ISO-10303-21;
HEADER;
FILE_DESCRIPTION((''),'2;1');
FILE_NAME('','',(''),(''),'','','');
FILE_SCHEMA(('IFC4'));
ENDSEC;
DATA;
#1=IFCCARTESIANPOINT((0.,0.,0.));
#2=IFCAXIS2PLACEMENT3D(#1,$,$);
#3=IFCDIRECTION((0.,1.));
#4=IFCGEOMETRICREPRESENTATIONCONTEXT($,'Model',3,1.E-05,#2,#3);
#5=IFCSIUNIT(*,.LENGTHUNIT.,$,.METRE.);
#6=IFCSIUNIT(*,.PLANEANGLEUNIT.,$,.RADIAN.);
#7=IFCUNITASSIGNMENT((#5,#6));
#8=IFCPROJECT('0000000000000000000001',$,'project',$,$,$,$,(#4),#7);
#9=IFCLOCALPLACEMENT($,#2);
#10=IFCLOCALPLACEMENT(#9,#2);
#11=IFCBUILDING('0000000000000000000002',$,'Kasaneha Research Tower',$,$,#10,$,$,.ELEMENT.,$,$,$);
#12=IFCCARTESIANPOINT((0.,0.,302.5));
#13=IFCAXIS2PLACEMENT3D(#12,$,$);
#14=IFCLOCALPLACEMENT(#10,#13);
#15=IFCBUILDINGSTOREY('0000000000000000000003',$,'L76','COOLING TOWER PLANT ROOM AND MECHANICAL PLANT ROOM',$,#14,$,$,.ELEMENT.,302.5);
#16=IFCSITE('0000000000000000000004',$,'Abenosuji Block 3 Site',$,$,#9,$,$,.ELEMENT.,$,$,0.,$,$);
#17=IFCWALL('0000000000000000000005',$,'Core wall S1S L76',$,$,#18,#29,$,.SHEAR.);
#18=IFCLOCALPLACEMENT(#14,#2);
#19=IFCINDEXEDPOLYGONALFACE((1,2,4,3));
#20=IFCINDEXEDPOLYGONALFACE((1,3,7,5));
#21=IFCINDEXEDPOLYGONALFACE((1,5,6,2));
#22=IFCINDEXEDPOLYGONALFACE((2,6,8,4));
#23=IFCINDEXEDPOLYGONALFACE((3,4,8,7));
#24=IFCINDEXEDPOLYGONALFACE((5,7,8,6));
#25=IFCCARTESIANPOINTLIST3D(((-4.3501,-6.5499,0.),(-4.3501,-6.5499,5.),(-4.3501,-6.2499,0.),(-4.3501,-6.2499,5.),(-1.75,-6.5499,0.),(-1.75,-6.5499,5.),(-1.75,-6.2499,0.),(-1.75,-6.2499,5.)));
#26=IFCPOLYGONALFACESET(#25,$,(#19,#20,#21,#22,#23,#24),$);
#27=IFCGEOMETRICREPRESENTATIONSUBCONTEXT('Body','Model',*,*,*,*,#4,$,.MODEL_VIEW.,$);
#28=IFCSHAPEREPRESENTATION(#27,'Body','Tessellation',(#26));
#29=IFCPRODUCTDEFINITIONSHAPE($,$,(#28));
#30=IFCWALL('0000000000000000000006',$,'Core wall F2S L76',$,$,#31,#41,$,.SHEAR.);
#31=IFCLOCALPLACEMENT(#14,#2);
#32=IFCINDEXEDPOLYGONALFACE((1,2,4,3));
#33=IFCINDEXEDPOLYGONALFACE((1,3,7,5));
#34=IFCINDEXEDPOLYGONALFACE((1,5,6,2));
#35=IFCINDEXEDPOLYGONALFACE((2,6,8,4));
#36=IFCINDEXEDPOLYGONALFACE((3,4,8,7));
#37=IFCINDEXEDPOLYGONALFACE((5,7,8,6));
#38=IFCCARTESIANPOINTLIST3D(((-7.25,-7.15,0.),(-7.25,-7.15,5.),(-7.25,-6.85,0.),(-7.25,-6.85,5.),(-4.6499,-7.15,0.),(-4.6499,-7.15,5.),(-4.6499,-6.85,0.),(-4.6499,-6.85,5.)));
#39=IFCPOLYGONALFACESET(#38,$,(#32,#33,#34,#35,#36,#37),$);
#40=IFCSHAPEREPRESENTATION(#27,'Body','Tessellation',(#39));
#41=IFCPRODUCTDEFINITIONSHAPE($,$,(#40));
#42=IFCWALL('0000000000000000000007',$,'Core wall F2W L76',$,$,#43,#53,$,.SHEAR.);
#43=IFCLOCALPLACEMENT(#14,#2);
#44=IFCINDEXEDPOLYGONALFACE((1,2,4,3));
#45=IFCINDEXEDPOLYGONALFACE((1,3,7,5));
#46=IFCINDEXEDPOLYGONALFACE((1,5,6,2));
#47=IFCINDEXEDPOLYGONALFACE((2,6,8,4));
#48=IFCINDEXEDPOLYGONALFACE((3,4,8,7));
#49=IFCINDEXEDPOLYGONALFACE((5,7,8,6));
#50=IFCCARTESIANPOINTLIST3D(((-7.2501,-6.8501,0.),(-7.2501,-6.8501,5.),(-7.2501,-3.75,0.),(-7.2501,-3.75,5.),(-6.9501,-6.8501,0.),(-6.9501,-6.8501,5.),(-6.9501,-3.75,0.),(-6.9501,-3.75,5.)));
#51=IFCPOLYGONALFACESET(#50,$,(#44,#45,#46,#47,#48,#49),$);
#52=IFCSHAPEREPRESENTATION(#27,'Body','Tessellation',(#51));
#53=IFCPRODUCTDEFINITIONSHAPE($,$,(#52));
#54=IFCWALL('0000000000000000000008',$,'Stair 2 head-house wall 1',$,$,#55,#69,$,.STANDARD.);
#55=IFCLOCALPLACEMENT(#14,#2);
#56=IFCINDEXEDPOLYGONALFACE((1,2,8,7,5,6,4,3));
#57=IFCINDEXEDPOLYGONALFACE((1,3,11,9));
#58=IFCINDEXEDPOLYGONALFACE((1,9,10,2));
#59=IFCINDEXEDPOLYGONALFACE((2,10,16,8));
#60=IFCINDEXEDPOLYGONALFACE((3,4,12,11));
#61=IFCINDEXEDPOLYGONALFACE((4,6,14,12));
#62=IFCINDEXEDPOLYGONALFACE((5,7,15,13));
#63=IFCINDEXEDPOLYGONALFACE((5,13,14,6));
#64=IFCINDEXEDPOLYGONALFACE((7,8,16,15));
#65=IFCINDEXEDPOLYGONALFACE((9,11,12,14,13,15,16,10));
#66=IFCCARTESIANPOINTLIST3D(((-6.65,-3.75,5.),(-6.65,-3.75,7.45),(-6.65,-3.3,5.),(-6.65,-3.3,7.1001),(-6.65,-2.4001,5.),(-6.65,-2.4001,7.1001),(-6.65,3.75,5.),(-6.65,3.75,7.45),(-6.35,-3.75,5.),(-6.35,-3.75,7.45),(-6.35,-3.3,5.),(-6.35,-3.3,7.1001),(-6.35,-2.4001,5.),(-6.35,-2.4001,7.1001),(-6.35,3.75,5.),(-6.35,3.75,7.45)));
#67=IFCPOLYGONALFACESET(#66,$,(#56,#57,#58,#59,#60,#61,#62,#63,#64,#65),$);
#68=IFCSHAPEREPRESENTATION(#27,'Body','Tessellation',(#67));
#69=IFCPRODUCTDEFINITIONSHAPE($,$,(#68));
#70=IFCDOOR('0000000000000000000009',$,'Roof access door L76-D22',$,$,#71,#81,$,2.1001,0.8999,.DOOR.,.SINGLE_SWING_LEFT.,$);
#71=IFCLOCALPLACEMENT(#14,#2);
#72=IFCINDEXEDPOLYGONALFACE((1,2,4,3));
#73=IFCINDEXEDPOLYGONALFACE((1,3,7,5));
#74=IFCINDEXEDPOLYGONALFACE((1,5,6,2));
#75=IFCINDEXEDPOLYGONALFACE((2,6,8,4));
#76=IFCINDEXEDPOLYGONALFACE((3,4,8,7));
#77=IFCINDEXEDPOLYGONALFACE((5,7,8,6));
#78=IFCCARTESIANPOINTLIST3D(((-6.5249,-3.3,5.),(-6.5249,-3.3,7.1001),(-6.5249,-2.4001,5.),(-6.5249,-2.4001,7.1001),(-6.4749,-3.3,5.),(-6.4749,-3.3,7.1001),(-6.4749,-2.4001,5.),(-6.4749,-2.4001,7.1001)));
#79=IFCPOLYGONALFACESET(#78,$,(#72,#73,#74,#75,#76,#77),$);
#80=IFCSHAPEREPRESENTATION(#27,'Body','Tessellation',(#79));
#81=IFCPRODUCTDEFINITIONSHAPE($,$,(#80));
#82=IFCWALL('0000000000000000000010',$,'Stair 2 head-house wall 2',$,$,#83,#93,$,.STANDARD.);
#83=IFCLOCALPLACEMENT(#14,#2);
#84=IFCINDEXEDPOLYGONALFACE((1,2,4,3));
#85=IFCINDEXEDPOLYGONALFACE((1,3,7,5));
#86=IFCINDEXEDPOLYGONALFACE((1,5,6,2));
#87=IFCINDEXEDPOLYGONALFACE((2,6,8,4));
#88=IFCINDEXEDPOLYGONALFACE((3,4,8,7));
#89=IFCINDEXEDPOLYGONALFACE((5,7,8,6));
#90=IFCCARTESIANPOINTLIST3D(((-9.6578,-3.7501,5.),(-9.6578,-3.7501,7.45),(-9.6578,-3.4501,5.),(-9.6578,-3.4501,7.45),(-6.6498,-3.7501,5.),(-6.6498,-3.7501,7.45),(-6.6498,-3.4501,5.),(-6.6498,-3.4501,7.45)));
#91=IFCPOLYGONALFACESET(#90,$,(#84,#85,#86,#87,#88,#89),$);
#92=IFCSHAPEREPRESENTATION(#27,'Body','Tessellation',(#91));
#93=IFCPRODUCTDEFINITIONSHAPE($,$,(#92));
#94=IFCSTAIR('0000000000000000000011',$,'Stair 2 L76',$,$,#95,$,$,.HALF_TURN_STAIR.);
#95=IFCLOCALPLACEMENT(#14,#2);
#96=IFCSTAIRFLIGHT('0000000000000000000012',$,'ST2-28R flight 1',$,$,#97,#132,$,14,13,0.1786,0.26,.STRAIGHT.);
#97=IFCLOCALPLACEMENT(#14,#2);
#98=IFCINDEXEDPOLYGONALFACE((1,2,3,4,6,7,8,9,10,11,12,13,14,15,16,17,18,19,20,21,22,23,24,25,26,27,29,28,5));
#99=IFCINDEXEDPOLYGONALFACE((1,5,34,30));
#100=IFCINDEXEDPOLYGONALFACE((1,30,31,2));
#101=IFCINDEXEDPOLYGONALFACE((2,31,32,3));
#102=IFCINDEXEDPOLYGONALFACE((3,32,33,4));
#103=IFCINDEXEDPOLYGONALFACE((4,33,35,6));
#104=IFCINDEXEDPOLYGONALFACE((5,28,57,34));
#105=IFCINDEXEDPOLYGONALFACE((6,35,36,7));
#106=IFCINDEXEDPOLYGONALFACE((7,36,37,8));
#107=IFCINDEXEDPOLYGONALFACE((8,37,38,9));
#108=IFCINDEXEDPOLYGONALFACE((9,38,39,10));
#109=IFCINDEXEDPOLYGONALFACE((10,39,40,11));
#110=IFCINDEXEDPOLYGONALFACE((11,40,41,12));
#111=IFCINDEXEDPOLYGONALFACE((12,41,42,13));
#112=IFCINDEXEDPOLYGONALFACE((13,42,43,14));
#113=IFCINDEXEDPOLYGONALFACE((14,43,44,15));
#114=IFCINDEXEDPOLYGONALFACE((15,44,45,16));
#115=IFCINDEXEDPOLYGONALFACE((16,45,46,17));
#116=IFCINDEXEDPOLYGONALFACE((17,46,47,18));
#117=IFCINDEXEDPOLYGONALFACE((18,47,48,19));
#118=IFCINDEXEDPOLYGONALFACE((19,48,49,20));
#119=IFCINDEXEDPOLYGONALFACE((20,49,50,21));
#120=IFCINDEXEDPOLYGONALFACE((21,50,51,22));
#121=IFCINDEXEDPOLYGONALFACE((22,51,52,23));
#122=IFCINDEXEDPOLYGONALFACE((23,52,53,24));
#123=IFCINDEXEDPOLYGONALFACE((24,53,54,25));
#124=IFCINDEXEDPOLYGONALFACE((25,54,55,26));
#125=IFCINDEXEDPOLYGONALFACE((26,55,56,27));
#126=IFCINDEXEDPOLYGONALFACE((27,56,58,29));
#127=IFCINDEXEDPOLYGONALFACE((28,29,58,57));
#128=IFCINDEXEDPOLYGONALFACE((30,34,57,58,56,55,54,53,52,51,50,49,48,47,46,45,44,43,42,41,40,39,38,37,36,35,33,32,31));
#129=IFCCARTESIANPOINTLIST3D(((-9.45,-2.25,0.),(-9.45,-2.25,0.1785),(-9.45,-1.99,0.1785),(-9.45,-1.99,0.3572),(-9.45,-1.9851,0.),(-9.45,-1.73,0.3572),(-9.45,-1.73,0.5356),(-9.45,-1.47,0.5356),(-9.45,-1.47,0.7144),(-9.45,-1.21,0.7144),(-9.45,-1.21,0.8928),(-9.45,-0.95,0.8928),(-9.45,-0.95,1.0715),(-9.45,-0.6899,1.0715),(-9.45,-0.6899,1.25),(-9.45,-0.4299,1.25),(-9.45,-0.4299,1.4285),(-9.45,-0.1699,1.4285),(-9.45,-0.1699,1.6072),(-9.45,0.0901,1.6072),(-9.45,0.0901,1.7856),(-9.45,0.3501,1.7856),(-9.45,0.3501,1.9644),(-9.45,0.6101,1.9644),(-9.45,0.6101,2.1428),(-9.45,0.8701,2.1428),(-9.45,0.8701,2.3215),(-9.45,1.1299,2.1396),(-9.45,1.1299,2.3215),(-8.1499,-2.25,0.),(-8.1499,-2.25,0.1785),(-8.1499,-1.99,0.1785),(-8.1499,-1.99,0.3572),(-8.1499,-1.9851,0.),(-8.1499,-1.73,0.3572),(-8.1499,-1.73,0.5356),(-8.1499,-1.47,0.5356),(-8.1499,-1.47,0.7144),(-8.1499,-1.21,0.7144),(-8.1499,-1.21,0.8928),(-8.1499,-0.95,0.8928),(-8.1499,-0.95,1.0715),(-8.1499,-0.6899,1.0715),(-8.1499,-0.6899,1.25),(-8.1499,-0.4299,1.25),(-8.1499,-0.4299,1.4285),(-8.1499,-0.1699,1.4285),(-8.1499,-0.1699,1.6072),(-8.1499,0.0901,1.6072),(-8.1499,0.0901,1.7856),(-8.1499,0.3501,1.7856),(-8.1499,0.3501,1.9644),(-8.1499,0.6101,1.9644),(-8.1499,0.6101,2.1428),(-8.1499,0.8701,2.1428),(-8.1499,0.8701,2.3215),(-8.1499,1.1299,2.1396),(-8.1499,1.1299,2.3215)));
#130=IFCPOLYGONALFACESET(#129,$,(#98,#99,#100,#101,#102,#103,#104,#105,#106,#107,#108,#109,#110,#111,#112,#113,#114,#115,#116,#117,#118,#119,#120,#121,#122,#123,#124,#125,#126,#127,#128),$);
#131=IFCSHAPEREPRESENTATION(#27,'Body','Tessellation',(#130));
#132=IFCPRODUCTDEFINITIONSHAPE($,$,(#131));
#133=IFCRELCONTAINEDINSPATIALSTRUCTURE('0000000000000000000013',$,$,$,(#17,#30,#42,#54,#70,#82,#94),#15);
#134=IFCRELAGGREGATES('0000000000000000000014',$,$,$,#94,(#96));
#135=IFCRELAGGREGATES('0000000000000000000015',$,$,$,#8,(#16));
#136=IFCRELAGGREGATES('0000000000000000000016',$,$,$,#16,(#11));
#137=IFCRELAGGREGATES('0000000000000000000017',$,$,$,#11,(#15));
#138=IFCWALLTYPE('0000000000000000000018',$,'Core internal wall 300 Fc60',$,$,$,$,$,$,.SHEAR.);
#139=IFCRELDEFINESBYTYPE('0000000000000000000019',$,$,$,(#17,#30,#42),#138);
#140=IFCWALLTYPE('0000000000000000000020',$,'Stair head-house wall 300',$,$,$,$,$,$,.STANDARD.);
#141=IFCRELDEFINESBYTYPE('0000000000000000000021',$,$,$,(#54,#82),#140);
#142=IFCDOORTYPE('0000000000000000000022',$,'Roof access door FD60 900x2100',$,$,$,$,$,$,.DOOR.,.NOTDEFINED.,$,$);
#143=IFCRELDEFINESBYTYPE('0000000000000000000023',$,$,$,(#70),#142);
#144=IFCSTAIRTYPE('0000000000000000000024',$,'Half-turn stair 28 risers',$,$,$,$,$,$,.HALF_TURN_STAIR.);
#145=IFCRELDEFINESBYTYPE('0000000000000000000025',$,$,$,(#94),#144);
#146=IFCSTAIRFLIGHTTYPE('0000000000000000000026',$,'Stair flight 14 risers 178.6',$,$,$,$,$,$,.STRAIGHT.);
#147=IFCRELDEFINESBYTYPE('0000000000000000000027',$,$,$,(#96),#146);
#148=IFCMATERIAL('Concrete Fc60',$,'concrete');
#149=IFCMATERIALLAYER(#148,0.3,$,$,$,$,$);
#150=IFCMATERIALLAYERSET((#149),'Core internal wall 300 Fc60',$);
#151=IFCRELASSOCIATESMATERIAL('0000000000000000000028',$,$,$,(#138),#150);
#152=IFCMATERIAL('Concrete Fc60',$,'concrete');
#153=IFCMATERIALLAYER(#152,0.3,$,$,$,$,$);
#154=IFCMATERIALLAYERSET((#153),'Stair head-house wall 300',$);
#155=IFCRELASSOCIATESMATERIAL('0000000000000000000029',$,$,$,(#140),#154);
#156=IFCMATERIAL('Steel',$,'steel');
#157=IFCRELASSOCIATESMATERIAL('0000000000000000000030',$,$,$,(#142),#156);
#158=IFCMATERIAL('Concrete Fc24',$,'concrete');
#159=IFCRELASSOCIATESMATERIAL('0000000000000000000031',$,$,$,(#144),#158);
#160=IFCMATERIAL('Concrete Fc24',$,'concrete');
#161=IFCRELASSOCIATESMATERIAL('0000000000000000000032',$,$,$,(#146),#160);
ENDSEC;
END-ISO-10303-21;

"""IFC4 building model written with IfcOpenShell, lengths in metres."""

from ifc_helpers import new_model, si_unit, direction, frame, frame_2d, origin, place, context, subcontext, project, spatial, polyline, rectangle, outline, extrude, material, layer, layer_set, type_object, element, fill, aggregate, save


model = new_model("IFC4")

# Units and contexts
model_context = context("Model", 3, precision=1e-05, world=origin(), true_north=direction((0.0, 1.0)))
body_context = subcontext(model_context, "Body", "Model", "MODEL_VIEW")
ifc_project = project(units=[si_unit("LENGTHUNIT", "METRE"), si_unit("PLANEANGLEUNIT", "RADIAN")], contexts=[model_context])

# Site, building, storey
site_placement = place(None, origin())
site = spatial("IfcSite", under=ifc_project, at=site_placement, Name="Abenosuji Block 3 Site", CompositionType="ELEMENT", RefElevation=0.0)
building_placement = place(site_placement, origin())
building = spatial("IfcBuilding", under=site, at=building_placement, Name="Kasaneha Research Tower", CompositionType="ELEMENT")
storey_placement = place(building_placement, frame((0.0, 0.0, 302.5)))
storey = spatial("IfcBuildingStorey", under=building, at=storey_placement, Name="L76", Description="COOLING TOWER PLANT ROOM AND MECHANICAL PLANT ROOM", CompositionType="ELEMENT", Elevation=302.5)

# Shared definitions
ifc_material_1 = material(Name="Concrete Fc60", Category="concrete")
ifc_layer_1 = layer(ifc_material_1, 0.3)
ifc_layer_set_1 = layer_set([ifc_layer_1], Name="Core internal wall 300 Fc60")
wall_type_1 = type_object("IfcWallType", Name="Core internal wall 300 Fc60", PredefinedType="SHEAR", material=ifc_layer_set_1)

# Walls
for number, where, z_axis, x_axis, name in (
    (1, (-4.3501, -6.3999, 0.0), (0.0, 0.0, 1.0), (1.0, 0.0, 0.0), "Core wall S1S L76"),
    (2, (-7.25, -7.0, 0.0), (0.0, 0.0, 1.0), (1.0, 0.0, 0.0), "Core wall F2S L76"),
):
    element("IfcWall", number, at=place(storey_placement, frame(where, z_axis=z_axis, x_axis=x_axis)), inside=storey, type_object=wall_type_1, Name=name, PredefinedType="SHEAR", context=body_context, shape_type="SweptSolid", body=[
        extrude(rectangle(XDim=2.6001, YDim=0.3, at=frame_2d((1.3, 0.0))), origin(), (0.0, 0.0, 1.0), 5.0),
    ])
wall_1_placement = place(storey_placement, frame((-7.1001, -3.75, 0.0), z_axis=(0.0, 0.0, 1.0), x_axis=(0.0, -1.0, 0.0)))
element("IfcWall", 3, at=wall_1_placement, inside=storey, type_object=wall_type_1, Name="Core wall F2W L76", PredefinedType="SHEAR", context=body_context, shape_type="SweptSolid", body=[
    extrude(rectangle(XDim=3.1001, YDim=0.3, at=frame_2d((1.55, 0.0))), origin(), (0.0, 0.0, 1.0), 5.0),
])

# Wall, opening, door
ifc_material_2 = material(Name="Concrete Fc60", Category="concrete")
ifc_layer_2 = layer(ifc_material_2, 0.3)
ifc_layer_set_2 = layer_set([ifc_layer_2], Name="Stair head-house wall 300")
wall_type_2 = type_object("IfcWallType", Name="Stair head-house wall 300", PredefinedType="STANDARD", material=ifc_layer_set_2)
wall_2_placement = place(storey_placement, frame((-6.5, -3.75, 5.0), z_axis=(0.0, 0.0, 1.0), x_axis=(0.0, 1.0, 0.0)))
wall_2 = element("IfcWall", 4, at=wall_2_placement, inside=storey, type_object=wall_type_2, Name="Stair 2 head-house wall 1", PredefinedType="STANDARD", context=body_context, shape_type="SweptSolid", body=[
    extrude(rectangle(XDim=7.5, YDim=0.3, at=frame_2d((3.75, 0.0))), origin(), (0.0, 0.0, 1.0), 2.45),
])
opening_1_placement = place(wall_2_placement, frame((0.45, 0.0, 0.0)))
opening_1 = element("IfcOpeningElement", 5, at=opening_1_placement, cuts=wall_2, PredefinedType="OPENING", context=body_context, shape_type="SweptSolid", body=[
    extrude(rectangle(XDim=0.8999, YDim=2.1001, at=frame_2d((0.45, 1.05))), frame((0.0, 0.1602, 0.0), z_axis=(0.0, -1.0, 0.0), x_axis=(1.0, 0.0, 0.0)), (0.0, 0.0, 1.0), 0.3201),
])
ifc_material_3 = material(Name="Steel", Category="steel")
door_type_1 = type_object("IfcDoorType", Name="Roof access door FD60 900x2100", OperationType="NOTDEFINED", PredefinedType="DOOR", material=ifc_material_3)
door_1_placement = place(opening_1_placement, origin())
door_1 = element("IfcDoor", 6, at=door_1_placement, inside=storey, type_object=door_type_1, Name="Roof access door L76-D22", OperationType="SINGLE_SWING_LEFT", OverallHeight=2.1001, OverallWidth=0.8999, PredefinedType="DOOR", context=body_context, shape_type="SweptSolid", body=[
    extrude(rectangle(XDim=0.8999, YDim=2.1001, at=frame_2d((0.45, 1.05))), frame((0.0, 0.0249, 0.0), z_axis=(0.0, -1.0, 0.0), x_axis=(1.0, 0.0, 0.0)), (0.0, 0.0, 1.0), 0.05),
])
fill(opening_1, door_1)

# Wall
wall_3_placement = place(storey_placement, frame((-6.6499, -3.6001, 5.0), z_axis=(0.0, 0.0, 1.0), x_axis=(-1.0, 0.0, 0.0)))
element("IfcWall", 7, at=wall_3_placement, inside=storey, type_object=wall_type_2, Name="Stair 2 head-house wall 2", PredefinedType="STANDARD", context=body_context, shape_type="SweptSolid", body=[
    extrude(rectangle(XDim=3.0081, YDim=0.3, at=frame_2d((1.5039, 0.0))), origin(), (0.0, 0.0, 1.0), 2.45),
])

# Stair, stair flight
ifc_material_4 = material(Name="Concrete Fc24", Category="concrete")
stair_type = type_object("IfcStairType", Name="Half-turn stair 28 risers", PredefinedType="HALF_TURN_STAIR", material=ifc_material_4)
stair_placement = place(storey_placement, origin())
stair = element("IfcStair", 8, at=stair_placement, inside=storey, type_object=stair_type, Name="Stair 2 L76", PredefinedType="HALF_TURN_STAIR")
ifc_material_5 = material(Name="Concrete Fc24", Category="concrete")
stair_flight_type = type_object("IfcStairFlightType", Name="Stair flight 14 risers 178.6", PredefinedType="STRAIGHT", material=ifc_material_5)
stair_flight_placement = place(storey_placement, frame((-8.8, -2.25, 0.0), z_axis=(0.0, 0.0, 1.0), x_axis=(0.0, 1.0, 0.0)))
stair_flight = element("IfcStairFlight", 9, at=stair_flight_placement, type_object=stair_flight_type, Name="ST2-28R flight 1", NumberOfRisers=14, NumberOfTreads=13, PredefinedType="STRAIGHT", RiserHeight=0.1786, TreadLength=0.26, context=body_context, shape_type="SweptSolid", body=[
    extrude(outline(polyline([(0.0, 0.0), (0.0, 0.1785), (0.26, 0.1785), (0.26, 0.3572), (0.52, 0.3572), (0.52, 0.5356), (0.78, 0.5356), (0.78, 0.7144), (1.04, 0.7144), (1.04, 0.8928), (1.3, 0.8928), (1.3, 1.0715), (1.5601, 1.0715), (1.5601, 1.25), (1.8201, 1.25), (1.8201, 1.4285), (2.0801, 1.4285), (2.0801, 1.6072), (2.3401, 1.6072), (2.3401, 1.7856), (2.6001, 1.7856), (2.6001, 1.9644), (2.8601, 1.9644), (2.8601, 2.1428), (3.1201, 2.1428), (3.1201, 2.3215), (3.3799, 2.3215), (3.3799, 2.5), (3.3799, 2.1396), (0.2649, 0.0), (0.0, 0.0)])), frame((0.0, 0.6499, 0.0), z_axis=(0.0, -1.0, 0.0), x_axis=(1.0, 0.0, 0.0)), (0.0, 0.0, 1.0), 1.3),
])
aggregate(stair, [stair_flight])

save(model, "model.ifc")
